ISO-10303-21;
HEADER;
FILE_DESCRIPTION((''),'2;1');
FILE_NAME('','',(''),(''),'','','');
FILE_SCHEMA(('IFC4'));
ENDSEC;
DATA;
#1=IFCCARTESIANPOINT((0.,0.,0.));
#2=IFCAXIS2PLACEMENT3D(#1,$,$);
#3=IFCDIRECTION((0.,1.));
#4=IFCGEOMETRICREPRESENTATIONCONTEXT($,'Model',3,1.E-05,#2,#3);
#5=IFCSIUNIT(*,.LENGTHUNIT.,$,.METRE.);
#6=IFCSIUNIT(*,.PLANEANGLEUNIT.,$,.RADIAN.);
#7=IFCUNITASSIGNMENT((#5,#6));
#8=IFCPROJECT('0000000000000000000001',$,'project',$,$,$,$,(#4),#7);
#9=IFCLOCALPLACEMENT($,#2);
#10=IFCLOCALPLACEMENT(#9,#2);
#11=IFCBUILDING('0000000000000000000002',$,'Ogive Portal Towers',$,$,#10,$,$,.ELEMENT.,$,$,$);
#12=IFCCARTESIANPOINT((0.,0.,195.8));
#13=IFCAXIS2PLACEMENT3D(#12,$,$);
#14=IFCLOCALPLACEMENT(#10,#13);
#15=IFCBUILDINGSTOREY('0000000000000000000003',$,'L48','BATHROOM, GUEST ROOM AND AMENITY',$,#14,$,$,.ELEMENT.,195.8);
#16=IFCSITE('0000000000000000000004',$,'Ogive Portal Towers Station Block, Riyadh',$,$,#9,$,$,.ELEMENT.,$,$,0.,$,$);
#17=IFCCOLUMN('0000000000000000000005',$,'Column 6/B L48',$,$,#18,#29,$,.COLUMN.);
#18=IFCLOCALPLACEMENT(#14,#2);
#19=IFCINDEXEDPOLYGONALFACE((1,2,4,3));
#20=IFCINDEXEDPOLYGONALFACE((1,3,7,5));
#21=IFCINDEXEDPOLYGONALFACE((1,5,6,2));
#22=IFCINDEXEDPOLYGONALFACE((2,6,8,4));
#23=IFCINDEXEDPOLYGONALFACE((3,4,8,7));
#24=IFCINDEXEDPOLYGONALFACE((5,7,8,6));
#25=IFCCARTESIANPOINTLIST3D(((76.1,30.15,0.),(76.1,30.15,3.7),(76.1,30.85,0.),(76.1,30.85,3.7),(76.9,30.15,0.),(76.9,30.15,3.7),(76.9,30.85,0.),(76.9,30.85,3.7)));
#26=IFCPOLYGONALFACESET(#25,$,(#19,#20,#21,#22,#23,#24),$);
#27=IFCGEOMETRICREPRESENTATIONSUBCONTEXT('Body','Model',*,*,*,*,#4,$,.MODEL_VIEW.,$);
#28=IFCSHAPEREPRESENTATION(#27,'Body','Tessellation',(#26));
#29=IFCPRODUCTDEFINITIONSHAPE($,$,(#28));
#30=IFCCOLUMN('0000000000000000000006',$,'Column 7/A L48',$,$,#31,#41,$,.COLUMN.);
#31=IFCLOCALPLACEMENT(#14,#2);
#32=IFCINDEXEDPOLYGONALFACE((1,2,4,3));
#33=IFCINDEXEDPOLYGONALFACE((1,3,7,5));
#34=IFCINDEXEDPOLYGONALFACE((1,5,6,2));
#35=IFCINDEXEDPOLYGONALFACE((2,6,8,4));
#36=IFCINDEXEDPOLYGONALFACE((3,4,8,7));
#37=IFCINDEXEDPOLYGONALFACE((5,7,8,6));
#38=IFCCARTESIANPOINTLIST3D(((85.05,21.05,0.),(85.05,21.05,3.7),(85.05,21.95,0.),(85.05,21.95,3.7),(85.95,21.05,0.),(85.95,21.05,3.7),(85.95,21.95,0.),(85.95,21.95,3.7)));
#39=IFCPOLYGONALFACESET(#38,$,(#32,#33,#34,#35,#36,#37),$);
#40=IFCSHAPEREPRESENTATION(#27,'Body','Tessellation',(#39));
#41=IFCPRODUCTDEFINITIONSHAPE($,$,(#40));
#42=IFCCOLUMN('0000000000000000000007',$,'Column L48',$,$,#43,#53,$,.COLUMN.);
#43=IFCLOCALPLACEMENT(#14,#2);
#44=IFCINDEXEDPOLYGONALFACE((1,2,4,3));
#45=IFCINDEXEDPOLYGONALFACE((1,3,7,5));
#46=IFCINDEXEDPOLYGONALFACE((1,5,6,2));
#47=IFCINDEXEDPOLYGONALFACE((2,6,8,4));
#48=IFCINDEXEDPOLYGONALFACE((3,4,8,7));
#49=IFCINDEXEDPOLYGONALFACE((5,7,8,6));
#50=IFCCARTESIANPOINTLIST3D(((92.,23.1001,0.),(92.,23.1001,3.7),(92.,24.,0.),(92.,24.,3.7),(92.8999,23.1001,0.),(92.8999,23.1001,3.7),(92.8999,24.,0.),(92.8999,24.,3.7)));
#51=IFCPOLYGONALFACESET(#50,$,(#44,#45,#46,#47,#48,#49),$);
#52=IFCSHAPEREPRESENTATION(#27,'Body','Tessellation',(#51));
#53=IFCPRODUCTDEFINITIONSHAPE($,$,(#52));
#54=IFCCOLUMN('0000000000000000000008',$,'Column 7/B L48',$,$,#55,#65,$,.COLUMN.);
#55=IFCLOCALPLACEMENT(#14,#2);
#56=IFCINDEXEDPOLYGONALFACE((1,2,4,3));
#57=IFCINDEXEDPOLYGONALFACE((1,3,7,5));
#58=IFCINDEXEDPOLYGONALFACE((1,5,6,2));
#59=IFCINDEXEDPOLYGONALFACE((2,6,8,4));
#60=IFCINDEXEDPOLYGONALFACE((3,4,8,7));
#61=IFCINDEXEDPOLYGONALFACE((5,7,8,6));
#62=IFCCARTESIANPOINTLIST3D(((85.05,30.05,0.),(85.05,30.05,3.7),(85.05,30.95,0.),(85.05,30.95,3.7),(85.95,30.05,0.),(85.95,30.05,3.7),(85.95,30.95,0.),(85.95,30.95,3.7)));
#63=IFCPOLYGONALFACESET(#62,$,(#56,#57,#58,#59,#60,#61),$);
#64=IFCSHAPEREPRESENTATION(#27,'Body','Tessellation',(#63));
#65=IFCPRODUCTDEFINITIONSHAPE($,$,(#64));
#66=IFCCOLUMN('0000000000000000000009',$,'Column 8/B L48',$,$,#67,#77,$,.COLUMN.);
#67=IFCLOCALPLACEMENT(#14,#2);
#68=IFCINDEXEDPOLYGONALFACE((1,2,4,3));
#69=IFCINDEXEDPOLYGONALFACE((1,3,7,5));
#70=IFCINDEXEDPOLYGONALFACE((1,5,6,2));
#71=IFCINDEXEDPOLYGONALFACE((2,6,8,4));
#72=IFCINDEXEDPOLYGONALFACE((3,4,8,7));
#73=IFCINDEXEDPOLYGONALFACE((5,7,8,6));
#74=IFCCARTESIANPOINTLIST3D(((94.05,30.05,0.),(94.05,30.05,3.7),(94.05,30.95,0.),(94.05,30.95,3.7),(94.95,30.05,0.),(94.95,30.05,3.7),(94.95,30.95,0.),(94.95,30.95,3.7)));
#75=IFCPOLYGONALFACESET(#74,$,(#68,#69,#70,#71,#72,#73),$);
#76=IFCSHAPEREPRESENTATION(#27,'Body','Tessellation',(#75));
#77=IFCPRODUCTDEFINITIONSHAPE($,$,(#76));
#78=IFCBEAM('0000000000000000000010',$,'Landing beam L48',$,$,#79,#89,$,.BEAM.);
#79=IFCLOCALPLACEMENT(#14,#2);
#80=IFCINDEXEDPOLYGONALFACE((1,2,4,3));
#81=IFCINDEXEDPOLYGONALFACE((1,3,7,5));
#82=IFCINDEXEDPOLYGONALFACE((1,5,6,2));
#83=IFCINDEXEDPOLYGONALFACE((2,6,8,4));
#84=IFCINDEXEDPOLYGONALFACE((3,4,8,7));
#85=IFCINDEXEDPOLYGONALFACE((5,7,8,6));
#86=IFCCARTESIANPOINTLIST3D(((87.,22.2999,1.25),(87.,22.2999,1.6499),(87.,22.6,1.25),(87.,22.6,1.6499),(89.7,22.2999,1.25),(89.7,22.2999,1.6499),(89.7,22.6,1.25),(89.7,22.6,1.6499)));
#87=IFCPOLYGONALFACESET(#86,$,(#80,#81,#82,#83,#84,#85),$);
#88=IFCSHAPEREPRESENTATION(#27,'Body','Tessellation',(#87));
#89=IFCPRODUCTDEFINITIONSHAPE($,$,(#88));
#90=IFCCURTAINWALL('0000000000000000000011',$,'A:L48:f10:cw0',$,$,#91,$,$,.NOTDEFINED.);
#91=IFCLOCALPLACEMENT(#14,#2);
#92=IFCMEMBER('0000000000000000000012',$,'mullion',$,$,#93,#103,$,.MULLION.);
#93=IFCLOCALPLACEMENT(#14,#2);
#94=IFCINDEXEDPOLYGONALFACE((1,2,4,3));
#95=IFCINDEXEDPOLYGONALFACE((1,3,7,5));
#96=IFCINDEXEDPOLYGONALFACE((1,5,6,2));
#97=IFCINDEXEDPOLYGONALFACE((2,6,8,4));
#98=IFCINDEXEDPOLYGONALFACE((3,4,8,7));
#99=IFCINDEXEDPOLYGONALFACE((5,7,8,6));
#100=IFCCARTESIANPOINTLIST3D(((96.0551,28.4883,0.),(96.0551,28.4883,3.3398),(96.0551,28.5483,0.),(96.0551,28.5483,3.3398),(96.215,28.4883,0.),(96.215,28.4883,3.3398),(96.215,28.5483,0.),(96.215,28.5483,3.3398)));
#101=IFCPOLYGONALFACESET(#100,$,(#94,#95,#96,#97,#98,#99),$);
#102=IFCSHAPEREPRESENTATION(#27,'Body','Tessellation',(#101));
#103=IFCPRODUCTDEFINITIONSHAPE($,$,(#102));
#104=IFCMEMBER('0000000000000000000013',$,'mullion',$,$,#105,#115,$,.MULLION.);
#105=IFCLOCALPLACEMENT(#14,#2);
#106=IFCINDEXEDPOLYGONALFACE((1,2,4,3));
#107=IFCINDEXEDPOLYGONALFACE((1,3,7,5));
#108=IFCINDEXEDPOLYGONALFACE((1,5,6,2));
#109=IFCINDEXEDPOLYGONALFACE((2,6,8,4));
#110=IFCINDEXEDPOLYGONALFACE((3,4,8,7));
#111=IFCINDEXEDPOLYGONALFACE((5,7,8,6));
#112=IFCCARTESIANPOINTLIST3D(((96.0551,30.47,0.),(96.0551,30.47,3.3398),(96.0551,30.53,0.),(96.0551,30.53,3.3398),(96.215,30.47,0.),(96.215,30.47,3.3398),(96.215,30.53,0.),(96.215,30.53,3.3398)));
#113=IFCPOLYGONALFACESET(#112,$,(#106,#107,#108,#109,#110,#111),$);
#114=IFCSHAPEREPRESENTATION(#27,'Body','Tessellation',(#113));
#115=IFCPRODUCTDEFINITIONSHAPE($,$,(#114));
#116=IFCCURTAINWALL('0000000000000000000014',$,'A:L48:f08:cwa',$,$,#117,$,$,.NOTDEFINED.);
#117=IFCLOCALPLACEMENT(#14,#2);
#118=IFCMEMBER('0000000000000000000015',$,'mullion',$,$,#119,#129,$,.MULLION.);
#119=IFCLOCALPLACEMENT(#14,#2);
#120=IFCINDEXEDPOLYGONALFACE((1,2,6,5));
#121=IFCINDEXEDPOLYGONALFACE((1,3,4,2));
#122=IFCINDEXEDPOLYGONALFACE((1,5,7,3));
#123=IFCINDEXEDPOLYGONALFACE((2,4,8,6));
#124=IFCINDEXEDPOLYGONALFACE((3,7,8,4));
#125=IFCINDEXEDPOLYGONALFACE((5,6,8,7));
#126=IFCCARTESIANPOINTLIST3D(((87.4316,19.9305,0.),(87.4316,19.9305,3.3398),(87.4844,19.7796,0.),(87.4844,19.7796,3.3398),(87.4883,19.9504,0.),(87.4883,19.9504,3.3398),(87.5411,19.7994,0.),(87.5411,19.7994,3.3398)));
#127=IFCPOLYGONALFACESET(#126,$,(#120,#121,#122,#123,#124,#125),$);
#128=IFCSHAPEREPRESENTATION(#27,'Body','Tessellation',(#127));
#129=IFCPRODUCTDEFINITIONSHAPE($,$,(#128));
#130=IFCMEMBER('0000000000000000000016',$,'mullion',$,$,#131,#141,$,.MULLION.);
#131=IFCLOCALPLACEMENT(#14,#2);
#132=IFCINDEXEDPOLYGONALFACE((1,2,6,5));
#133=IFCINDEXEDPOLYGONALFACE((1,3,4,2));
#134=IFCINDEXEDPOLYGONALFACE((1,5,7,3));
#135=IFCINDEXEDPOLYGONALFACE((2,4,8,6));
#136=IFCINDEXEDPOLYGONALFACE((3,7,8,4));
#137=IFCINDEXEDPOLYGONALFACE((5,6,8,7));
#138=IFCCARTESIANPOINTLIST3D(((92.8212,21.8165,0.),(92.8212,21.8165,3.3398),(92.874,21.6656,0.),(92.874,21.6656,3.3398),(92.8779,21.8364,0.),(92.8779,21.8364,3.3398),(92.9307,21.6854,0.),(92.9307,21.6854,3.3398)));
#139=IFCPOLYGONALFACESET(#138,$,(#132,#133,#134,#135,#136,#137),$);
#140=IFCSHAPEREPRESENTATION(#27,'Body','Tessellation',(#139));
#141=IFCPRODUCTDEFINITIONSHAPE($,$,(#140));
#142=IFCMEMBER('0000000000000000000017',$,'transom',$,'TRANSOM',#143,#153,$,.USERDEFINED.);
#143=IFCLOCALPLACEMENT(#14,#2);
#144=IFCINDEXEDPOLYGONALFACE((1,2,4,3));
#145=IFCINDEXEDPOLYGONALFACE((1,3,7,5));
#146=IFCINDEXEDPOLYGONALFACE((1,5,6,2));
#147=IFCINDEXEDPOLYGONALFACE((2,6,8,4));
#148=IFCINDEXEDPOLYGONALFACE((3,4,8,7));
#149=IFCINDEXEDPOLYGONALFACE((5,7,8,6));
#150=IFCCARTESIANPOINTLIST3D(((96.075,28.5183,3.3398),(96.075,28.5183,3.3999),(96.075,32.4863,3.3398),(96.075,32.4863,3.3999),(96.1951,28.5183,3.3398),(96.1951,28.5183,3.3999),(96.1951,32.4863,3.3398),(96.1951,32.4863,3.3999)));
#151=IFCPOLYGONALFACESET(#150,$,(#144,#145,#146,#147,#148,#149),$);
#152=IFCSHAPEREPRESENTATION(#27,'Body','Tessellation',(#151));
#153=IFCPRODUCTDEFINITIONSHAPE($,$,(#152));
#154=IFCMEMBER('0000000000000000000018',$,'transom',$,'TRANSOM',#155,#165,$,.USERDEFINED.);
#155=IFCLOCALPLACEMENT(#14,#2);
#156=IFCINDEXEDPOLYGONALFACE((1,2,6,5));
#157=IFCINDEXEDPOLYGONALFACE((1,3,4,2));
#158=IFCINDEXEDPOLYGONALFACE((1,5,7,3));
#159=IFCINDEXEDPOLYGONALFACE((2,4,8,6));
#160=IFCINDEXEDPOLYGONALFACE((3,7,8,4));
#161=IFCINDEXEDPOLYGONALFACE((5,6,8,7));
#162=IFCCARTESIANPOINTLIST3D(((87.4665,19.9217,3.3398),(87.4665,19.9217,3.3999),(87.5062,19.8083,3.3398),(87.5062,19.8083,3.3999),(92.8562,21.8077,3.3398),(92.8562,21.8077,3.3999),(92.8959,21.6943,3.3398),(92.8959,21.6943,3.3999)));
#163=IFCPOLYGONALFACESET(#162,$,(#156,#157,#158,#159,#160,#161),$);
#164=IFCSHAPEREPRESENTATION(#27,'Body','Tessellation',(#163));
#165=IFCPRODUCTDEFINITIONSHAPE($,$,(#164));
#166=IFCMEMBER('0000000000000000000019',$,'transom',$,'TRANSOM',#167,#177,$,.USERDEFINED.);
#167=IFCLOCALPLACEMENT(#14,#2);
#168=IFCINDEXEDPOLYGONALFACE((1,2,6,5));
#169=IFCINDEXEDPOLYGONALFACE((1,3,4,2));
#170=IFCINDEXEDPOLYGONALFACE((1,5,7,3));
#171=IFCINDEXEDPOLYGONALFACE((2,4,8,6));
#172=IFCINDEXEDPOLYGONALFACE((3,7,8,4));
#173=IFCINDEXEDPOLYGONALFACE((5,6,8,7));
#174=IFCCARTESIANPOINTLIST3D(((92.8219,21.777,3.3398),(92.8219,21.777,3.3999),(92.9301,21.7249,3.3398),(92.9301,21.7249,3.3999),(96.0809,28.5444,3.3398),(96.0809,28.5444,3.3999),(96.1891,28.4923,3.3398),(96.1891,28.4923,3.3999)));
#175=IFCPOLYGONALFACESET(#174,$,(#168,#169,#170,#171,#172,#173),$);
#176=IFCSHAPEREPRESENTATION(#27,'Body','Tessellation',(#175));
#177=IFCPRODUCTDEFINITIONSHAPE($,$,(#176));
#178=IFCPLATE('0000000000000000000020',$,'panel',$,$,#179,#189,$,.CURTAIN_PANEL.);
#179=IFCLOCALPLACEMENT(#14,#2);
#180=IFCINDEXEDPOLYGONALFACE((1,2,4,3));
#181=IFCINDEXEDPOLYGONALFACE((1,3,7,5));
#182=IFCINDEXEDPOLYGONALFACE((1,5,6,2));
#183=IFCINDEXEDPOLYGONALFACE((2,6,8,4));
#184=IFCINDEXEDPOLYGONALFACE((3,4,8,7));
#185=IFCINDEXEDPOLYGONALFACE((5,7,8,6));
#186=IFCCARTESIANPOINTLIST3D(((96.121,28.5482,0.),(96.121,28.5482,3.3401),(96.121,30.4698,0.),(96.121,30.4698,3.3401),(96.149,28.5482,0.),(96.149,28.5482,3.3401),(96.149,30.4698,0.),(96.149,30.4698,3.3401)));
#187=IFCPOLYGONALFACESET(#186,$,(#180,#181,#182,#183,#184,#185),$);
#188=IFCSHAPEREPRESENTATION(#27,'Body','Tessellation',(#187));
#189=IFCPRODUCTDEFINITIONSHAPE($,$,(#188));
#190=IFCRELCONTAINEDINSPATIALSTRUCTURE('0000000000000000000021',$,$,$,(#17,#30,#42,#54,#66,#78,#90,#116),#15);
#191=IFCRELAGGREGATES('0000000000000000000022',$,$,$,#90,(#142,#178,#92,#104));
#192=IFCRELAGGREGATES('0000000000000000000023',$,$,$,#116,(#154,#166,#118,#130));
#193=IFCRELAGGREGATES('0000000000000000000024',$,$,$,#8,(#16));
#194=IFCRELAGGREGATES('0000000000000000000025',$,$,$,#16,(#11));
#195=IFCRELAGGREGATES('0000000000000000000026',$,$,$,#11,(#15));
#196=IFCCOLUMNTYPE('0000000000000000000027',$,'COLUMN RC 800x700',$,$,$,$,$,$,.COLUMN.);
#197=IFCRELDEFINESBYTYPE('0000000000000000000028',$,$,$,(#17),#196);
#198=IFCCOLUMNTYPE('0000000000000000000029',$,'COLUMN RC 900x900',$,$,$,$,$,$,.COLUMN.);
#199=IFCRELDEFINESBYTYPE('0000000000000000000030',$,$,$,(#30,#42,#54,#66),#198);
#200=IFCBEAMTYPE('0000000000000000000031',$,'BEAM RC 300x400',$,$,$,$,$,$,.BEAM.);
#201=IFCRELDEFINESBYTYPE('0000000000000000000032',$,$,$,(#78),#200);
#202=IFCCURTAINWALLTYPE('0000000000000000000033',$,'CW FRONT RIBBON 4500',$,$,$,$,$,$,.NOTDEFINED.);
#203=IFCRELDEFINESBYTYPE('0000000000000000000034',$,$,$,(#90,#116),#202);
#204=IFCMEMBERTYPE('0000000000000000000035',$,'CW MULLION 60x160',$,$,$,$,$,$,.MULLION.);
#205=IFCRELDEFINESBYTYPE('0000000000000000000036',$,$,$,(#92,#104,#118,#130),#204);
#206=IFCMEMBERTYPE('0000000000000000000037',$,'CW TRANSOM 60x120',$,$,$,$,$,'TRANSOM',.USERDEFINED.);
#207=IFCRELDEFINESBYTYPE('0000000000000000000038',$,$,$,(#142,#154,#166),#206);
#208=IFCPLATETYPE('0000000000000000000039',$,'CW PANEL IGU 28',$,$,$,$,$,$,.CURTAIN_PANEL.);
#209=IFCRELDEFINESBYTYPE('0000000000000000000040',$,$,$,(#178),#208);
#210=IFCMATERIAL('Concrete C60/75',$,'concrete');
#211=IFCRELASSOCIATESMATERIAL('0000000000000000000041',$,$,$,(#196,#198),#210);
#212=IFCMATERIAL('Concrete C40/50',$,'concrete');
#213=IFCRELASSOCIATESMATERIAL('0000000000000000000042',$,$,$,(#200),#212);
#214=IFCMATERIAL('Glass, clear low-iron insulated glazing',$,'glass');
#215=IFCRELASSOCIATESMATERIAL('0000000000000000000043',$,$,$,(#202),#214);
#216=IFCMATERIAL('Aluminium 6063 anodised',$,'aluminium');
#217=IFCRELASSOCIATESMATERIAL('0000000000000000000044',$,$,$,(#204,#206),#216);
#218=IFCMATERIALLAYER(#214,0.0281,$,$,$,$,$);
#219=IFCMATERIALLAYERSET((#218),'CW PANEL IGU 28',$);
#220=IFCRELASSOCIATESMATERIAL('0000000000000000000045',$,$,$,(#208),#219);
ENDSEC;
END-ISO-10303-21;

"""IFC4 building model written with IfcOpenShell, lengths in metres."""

from ifc_helpers import new_model, si_unit, direction, frame, origin, origin_2d, place, context, subcontext, project, spatial, rectangle, extrude, material, layer, layer_set, material_profile, profile_set, type_object, element, aggregate, save


model = new_model("IFC4")

# Units and contexts
model_context = context("Model", 3, precision=1e-05, world=origin(), true_north=direction((0.0, 1.0)))
body_context = subcontext(model_context, "Body", "Model", "MODEL_VIEW")
ifc_project = project(units=[si_unit("LENGTHUNIT", "METRE"), si_unit("PLANEANGLEUNIT", "RADIAN")], contexts=[model_context])

# Site, building, storey
site_placement = place(None, origin())
site = spatial("IfcSite", under=ifc_project, at=site_placement, Name="Ogive Portal Towers Station Block, Riyadh", CompositionType="ELEMENT", RefElevation=0.0)
building_placement = place(site_placement, origin())
building = spatial("IfcBuilding", under=site, at=building_placement, Name="Ogive Portal Towers", CompositionType="ELEMENT")
storey_placement = place(building_placement, frame((0.0, 0.0, 195.8)))
storey = spatial("IfcBuildingStorey", under=building, at=storey_placement, Name="L48", Description="BATHROOM, GUEST ROOM AND AMENITY", CompositionType="ELEMENT", Elevation=195.8)

# Columns
ifc_material_1 = material(Name="Concrete C60/75", Category="concrete")
ifc_material_profile_1 = material_profile(ifc_material_1, rectangle(XDim=0.8, YDim=0.7, at=origin_2d()), Name="RC 800x700")
ifc_profile_set_1 = profile_set([ifc_material_profile_1], Name="Concrete C60/75")
column_type_1 = type_object("IfcColumnType", Name="COLUMN RC 800x700", PredefinedType="COLUMN", material=ifc_profile_set_1)
column_placement = place(storey_placement, frame((76.5, 30.5, 0.0), z_axis=(0.0, 0.0, 1.0), x_axis=(1.0, 0.0, 0.0)))
element("IfcColumn", 1, at=column_placement, inside=storey, type_object=column_type_1, Name="Column 6/B L48", PredefinedType="COLUMN", context=body_context, shape_type="SweptSolid", body=[
    extrude(rectangle(XDim=0.8, YDim=0.7, at=origin_2d()), origin(), (0.0, 0.0, 1.0), 3.7),
])
ifc_material_profile_2 = material_profile(ifc_material_1, rectangle(XDim=0.8999, YDim=0.8999, at=origin_2d()), Name="RC 900x900")
ifc_profile_set_2 = profile_set([ifc_material_profile_2], Name="Concrete C60/75")
column_type_2 = type_object("IfcColumnType", Name="COLUMN RC 900x900", PredefinedType="COLUMN", material=ifc_profile_set_2)
for number, where, z_axis, x_axis, name in (
    (2, (85.5, 21.5, 0.0), (0.0, 0.0, 1.0), (1.0, 0.0, 0.0), "Column 7/A L48"),
    (3, (92.45, 23.55, 0.0), (0.0, 0.0, 1.0), (1.0, 0.0, 0.0), "Column L48"),
    (4, (85.5, 30.5, 0.0), (0.0, 0.0, 1.0), (1.0, 0.0, 0.0), "Column 7/B L48"),
    (5, (94.5, 30.5, 0.0), (0.0, 0.0, 1.0), (1.0, 0.0, 0.0), "Column 8/B L48"),
):
    element("IfcColumn", number, at=place(storey_placement, frame(where, z_axis=z_axis, x_axis=x_axis)), inside=storey, type_object=column_type_2, Name=name, PredefinedType="COLUMN", context=body_context, shape_type="SweptSolid", body=[
        extrude(rectangle(XDim=0.8999, YDim=0.8999, at=origin_2d()), origin(), (0.0, 0.0, 1.0), 3.7),
    ])

# Beam
ifc_material_2 = material(Name="Concrete C40/50", Category="concrete")
ifc_material_profile_3 = material_profile(ifc_material_2, rectangle(XDim=0.3, YDim=0.3999, at=origin_2d()), Name="RC 300x400")
ifc_profile_set_3 = profile_set([ifc_material_profile_3], Name="Concrete C40/50")
beam_type = type_object("IfcBeamType", Name="BEAM RC 300x400", PredefinedType="BEAM", material=ifc_profile_set_3)
beam_placement = place(storey_placement, frame((87.0, 22.45, 1.45), z_axis=(1.0, 0.0, 0.0), x_axis=(0.0, 1.0, 0.0)))
element("IfcBeam", 6, at=beam_placement, inside=storey, type_object=beam_type, Name="Landing beam L48", PredefinedType="BEAM", context=body_context, shape_type="SweptSolid", body=[
    extrude(rectangle(XDim=0.3, YDim=0.3999, at=origin_2d()), origin(), (0.0, 0.0, 1.0), 2.7),
])

# Curtain walls, members
ifc_material_3 = material(Name="Glass, clear low-iron insulated glazing", Category="glass")
curtain_wall_type = type_object("IfcCurtainWallType", Name="CW FRONT RIBBON 4500", PredefinedType="NOTDEFINED", material=ifc_material_3)
curtain_wall_1_placement = place(storey_placement, origin())
curtain_wall_1 = element("IfcCurtainWall", 7, at=curtain_wall_1_placement, inside=storey, type_object=curtain_wall_type, Name="A:L48:f10:cw0", PredefinedType="NOTDEFINED")
ifc_material_4 = material(Name="Aluminium 6063 anodised", Category="aluminium")
ifc_material_profile_4 = material_profile(ifc_material_4, rectangle(XDim=0.1599, YDim=0.0601, at=origin_2d()), Name="AL 60x160")
ifc_profile_set_4 = profile_set([ifc_material_profile_4], Name="Aluminium 6063 anodised")
member_type_1 = type_object("IfcMemberType", Name="CW MULLION 60x160", PredefinedType="MULLION", material=ifc_profile_set_4)
member_1_placement = place(storey_placement, frame((96.135, 28.5183, 0.0), z_axis=(0.0, 0.0, 1.0), x_axis=(-1.0, 0.0, 0.0)))
member_1 = element("IfcMember", 8, at=member_1_placement, type_object=member_type_1, Name="mullion", PredefinedType="MULLION", context=body_context, shape_type="SweptSolid", body=[
    extrude(rectangle(XDim=0.1599, YDim=0.0601, at=origin_2d()), origin(), (0.0, 0.0, 1.0), 3.3398),
])
member_2_placement = place(storey_placement, frame((96.135, 30.5, 0.0), z_axis=(0.0, 0.0, 1.0), x_axis=(-1.0, 0.0, 0.0)))
member_2 = element("IfcMember", 9, at=member_2_placement, type_object=member_type_1, Name="mullion", PredefinedType="MULLION", context=body_context, shape_type="SweptSolid", body=[
    extrude(rectangle(XDim=0.1599, YDim=0.0601, at=origin_2d()), origin(), (0.0, 0.0, 1.0), 3.3398),
])
curtain_wall_2_placement = place(storey_placement, origin())
curtain_wall_2 = element("IfcCurtainWall", 10, at=curtain_wall_2_placement, inside=storey, type_object=curtain_wall_type, Name="A:L48:f08:cwa", PredefinedType="NOTDEFINED")
member_3_placement = place(storey_placement, frame((87.4863, 19.865, 0.0), z_axis=(0.0, 0.0, 1.0), x_axis=(-0.330279, 0.943883, 0.0)))
member_3 = element("IfcMember", 11, at=member_3_placement, type_object=member_type_1, Name="mullion", PredefinedType="MULLION", context=body_context, shape_type="SweptSolid", body=[
    extrude(rectangle(XDim=0.1599, YDim=0.0601, at=origin_2d()), origin(), (0.0, 0.0, 1.0), 3.3398),
])
member_4_placement = place(storey_placement, frame((92.876, 21.751, 0.0), z_axis=(0.0, 0.0, 1.0), x_axis=(-0.330279, 0.943883, 0.0)))
member_4 = element("IfcMember", 12, at=member_4_placement, type_object=member_type_1, Name="mullion", PredefinedType="MULLION", context=body_context, shape_type="SweptSolid", body=[
    extrude(rectangle(XDim=0.1599, YDim=0.0601, at=origin_2d()), origin(), (0.0, 0.0, 1.0), 3.3398),
])

# Members
ifc_material_profile_5 = material_profile(ifc_material_4, rectangle(XDim=0.1201, YDim=0.0601, at=origin_2d()), Name="AL 120x60")
ifc_profile_set_5 = profile_set([ifc_material_profile_5], Name="Aluminium 6063 anodised")
member_type_2 = type_object("IfcMemberType", Name="CW TRANSOM 60x120", ElementType="TRANSOM", PredefinedType="USERDEFINED", material=ifc_profile_set_5)
member_5_placement = place(storey_placement, frame((96.135, 28.5183, 3.3699), z_axis=(0.0, 1.0, 0.0), x_axis=(-1.0, 0.0, 0.0)))
member_5 = element("IfcMember", 13, at=member_5_placement, type_object=member_type_2, Name="transom", ObjectType="TRANSOM", PredefinedType="USERDEFINED", context=body_context, shape_type="SweptSolid", body=[
    extrude(rectangle(XDim=0.1201, YDim=0.0601, at=origin_2d()), origin(), (0.0, 0.0, 1.0), 3.968),
])
member_6_placement = place(storey_placement, frame((87.4863, 19.865, 3.3699), z_axis=(0.94388, 0.330289, 0.0), x_axis=(-0.330289, 0.94388, 0.0)))
member_6 = element("IfcMember", 14, at=member_6_placement, type_object=member_type_2, Name="transom", ObjectType="TRANSOM", PredefinedType="USERDEFINED", context=body_context, shape_type="SweptSolid", body=[
    extrude(rectangle(XDim=0.1201, YDim=0.0601, at=origin_2d()), origin(), (0.0, 0.0, 1.0), 5.7102),
])
member_7_placement = place(storey_placement, frame((92.876, 21.751, 3.3699), z_axis=(0.43389, 0.900966, 0.0), x_axis=(-0.900966, 0.43389, 0.0)))
member_7 = element("IfcMember", 15, at=member_7_placement, type_object=member_type_2, Name="transom", ObjectType="TRANSOM", PredefinedType="USERDEFINED", context=body_context, shape_type="SweptSolid", body=[
    extrude(rectangle(XDim=0.1201, YDim=0.0601, at=origin_2d()), origin(), (0.0, 0.0, 1.0), 7.5112),
])

# Plate
ifc_layer_1 = layer(ifc_material_3, 0.0281)
ifc_layer_set_1 = layer_set([ifc_layer_1], Name="CW PANEL IGU 28")
plate_type = type_object("IfcPlateType", Name="CW PANEL IGU 28", PredefinedType="CURTAIN_PANEL", material=ifc_layer_set_1)
plate_1_placement = place(storey_placement, frame((96.135, 29.509, 0.0), z_axis=(0.0, 0.0, 1.0), x_axis=(0.0, 1.0, 0.0)))
plate_1 = element("IfcPlate", 16, at=plate_1_placement, type_object=plate_type, Name="panel", PredefinedType="CURTAIN_PANEL", context=body_context, shape_type="SweptSolid", body=[
    extrude(rectangle(XDim=1.9216, YDim=0.0281, at=origin_2d()), origin(), (0.0, 0.0, 1.0), 3.3401),
])
aggregate(curtain_wall_1, [member_5, plate_1, member_1, member_2])
aggregate(curtain_wall_2, [member_6, member_7, member_3, member_4])

save(model, "model.ifc")
